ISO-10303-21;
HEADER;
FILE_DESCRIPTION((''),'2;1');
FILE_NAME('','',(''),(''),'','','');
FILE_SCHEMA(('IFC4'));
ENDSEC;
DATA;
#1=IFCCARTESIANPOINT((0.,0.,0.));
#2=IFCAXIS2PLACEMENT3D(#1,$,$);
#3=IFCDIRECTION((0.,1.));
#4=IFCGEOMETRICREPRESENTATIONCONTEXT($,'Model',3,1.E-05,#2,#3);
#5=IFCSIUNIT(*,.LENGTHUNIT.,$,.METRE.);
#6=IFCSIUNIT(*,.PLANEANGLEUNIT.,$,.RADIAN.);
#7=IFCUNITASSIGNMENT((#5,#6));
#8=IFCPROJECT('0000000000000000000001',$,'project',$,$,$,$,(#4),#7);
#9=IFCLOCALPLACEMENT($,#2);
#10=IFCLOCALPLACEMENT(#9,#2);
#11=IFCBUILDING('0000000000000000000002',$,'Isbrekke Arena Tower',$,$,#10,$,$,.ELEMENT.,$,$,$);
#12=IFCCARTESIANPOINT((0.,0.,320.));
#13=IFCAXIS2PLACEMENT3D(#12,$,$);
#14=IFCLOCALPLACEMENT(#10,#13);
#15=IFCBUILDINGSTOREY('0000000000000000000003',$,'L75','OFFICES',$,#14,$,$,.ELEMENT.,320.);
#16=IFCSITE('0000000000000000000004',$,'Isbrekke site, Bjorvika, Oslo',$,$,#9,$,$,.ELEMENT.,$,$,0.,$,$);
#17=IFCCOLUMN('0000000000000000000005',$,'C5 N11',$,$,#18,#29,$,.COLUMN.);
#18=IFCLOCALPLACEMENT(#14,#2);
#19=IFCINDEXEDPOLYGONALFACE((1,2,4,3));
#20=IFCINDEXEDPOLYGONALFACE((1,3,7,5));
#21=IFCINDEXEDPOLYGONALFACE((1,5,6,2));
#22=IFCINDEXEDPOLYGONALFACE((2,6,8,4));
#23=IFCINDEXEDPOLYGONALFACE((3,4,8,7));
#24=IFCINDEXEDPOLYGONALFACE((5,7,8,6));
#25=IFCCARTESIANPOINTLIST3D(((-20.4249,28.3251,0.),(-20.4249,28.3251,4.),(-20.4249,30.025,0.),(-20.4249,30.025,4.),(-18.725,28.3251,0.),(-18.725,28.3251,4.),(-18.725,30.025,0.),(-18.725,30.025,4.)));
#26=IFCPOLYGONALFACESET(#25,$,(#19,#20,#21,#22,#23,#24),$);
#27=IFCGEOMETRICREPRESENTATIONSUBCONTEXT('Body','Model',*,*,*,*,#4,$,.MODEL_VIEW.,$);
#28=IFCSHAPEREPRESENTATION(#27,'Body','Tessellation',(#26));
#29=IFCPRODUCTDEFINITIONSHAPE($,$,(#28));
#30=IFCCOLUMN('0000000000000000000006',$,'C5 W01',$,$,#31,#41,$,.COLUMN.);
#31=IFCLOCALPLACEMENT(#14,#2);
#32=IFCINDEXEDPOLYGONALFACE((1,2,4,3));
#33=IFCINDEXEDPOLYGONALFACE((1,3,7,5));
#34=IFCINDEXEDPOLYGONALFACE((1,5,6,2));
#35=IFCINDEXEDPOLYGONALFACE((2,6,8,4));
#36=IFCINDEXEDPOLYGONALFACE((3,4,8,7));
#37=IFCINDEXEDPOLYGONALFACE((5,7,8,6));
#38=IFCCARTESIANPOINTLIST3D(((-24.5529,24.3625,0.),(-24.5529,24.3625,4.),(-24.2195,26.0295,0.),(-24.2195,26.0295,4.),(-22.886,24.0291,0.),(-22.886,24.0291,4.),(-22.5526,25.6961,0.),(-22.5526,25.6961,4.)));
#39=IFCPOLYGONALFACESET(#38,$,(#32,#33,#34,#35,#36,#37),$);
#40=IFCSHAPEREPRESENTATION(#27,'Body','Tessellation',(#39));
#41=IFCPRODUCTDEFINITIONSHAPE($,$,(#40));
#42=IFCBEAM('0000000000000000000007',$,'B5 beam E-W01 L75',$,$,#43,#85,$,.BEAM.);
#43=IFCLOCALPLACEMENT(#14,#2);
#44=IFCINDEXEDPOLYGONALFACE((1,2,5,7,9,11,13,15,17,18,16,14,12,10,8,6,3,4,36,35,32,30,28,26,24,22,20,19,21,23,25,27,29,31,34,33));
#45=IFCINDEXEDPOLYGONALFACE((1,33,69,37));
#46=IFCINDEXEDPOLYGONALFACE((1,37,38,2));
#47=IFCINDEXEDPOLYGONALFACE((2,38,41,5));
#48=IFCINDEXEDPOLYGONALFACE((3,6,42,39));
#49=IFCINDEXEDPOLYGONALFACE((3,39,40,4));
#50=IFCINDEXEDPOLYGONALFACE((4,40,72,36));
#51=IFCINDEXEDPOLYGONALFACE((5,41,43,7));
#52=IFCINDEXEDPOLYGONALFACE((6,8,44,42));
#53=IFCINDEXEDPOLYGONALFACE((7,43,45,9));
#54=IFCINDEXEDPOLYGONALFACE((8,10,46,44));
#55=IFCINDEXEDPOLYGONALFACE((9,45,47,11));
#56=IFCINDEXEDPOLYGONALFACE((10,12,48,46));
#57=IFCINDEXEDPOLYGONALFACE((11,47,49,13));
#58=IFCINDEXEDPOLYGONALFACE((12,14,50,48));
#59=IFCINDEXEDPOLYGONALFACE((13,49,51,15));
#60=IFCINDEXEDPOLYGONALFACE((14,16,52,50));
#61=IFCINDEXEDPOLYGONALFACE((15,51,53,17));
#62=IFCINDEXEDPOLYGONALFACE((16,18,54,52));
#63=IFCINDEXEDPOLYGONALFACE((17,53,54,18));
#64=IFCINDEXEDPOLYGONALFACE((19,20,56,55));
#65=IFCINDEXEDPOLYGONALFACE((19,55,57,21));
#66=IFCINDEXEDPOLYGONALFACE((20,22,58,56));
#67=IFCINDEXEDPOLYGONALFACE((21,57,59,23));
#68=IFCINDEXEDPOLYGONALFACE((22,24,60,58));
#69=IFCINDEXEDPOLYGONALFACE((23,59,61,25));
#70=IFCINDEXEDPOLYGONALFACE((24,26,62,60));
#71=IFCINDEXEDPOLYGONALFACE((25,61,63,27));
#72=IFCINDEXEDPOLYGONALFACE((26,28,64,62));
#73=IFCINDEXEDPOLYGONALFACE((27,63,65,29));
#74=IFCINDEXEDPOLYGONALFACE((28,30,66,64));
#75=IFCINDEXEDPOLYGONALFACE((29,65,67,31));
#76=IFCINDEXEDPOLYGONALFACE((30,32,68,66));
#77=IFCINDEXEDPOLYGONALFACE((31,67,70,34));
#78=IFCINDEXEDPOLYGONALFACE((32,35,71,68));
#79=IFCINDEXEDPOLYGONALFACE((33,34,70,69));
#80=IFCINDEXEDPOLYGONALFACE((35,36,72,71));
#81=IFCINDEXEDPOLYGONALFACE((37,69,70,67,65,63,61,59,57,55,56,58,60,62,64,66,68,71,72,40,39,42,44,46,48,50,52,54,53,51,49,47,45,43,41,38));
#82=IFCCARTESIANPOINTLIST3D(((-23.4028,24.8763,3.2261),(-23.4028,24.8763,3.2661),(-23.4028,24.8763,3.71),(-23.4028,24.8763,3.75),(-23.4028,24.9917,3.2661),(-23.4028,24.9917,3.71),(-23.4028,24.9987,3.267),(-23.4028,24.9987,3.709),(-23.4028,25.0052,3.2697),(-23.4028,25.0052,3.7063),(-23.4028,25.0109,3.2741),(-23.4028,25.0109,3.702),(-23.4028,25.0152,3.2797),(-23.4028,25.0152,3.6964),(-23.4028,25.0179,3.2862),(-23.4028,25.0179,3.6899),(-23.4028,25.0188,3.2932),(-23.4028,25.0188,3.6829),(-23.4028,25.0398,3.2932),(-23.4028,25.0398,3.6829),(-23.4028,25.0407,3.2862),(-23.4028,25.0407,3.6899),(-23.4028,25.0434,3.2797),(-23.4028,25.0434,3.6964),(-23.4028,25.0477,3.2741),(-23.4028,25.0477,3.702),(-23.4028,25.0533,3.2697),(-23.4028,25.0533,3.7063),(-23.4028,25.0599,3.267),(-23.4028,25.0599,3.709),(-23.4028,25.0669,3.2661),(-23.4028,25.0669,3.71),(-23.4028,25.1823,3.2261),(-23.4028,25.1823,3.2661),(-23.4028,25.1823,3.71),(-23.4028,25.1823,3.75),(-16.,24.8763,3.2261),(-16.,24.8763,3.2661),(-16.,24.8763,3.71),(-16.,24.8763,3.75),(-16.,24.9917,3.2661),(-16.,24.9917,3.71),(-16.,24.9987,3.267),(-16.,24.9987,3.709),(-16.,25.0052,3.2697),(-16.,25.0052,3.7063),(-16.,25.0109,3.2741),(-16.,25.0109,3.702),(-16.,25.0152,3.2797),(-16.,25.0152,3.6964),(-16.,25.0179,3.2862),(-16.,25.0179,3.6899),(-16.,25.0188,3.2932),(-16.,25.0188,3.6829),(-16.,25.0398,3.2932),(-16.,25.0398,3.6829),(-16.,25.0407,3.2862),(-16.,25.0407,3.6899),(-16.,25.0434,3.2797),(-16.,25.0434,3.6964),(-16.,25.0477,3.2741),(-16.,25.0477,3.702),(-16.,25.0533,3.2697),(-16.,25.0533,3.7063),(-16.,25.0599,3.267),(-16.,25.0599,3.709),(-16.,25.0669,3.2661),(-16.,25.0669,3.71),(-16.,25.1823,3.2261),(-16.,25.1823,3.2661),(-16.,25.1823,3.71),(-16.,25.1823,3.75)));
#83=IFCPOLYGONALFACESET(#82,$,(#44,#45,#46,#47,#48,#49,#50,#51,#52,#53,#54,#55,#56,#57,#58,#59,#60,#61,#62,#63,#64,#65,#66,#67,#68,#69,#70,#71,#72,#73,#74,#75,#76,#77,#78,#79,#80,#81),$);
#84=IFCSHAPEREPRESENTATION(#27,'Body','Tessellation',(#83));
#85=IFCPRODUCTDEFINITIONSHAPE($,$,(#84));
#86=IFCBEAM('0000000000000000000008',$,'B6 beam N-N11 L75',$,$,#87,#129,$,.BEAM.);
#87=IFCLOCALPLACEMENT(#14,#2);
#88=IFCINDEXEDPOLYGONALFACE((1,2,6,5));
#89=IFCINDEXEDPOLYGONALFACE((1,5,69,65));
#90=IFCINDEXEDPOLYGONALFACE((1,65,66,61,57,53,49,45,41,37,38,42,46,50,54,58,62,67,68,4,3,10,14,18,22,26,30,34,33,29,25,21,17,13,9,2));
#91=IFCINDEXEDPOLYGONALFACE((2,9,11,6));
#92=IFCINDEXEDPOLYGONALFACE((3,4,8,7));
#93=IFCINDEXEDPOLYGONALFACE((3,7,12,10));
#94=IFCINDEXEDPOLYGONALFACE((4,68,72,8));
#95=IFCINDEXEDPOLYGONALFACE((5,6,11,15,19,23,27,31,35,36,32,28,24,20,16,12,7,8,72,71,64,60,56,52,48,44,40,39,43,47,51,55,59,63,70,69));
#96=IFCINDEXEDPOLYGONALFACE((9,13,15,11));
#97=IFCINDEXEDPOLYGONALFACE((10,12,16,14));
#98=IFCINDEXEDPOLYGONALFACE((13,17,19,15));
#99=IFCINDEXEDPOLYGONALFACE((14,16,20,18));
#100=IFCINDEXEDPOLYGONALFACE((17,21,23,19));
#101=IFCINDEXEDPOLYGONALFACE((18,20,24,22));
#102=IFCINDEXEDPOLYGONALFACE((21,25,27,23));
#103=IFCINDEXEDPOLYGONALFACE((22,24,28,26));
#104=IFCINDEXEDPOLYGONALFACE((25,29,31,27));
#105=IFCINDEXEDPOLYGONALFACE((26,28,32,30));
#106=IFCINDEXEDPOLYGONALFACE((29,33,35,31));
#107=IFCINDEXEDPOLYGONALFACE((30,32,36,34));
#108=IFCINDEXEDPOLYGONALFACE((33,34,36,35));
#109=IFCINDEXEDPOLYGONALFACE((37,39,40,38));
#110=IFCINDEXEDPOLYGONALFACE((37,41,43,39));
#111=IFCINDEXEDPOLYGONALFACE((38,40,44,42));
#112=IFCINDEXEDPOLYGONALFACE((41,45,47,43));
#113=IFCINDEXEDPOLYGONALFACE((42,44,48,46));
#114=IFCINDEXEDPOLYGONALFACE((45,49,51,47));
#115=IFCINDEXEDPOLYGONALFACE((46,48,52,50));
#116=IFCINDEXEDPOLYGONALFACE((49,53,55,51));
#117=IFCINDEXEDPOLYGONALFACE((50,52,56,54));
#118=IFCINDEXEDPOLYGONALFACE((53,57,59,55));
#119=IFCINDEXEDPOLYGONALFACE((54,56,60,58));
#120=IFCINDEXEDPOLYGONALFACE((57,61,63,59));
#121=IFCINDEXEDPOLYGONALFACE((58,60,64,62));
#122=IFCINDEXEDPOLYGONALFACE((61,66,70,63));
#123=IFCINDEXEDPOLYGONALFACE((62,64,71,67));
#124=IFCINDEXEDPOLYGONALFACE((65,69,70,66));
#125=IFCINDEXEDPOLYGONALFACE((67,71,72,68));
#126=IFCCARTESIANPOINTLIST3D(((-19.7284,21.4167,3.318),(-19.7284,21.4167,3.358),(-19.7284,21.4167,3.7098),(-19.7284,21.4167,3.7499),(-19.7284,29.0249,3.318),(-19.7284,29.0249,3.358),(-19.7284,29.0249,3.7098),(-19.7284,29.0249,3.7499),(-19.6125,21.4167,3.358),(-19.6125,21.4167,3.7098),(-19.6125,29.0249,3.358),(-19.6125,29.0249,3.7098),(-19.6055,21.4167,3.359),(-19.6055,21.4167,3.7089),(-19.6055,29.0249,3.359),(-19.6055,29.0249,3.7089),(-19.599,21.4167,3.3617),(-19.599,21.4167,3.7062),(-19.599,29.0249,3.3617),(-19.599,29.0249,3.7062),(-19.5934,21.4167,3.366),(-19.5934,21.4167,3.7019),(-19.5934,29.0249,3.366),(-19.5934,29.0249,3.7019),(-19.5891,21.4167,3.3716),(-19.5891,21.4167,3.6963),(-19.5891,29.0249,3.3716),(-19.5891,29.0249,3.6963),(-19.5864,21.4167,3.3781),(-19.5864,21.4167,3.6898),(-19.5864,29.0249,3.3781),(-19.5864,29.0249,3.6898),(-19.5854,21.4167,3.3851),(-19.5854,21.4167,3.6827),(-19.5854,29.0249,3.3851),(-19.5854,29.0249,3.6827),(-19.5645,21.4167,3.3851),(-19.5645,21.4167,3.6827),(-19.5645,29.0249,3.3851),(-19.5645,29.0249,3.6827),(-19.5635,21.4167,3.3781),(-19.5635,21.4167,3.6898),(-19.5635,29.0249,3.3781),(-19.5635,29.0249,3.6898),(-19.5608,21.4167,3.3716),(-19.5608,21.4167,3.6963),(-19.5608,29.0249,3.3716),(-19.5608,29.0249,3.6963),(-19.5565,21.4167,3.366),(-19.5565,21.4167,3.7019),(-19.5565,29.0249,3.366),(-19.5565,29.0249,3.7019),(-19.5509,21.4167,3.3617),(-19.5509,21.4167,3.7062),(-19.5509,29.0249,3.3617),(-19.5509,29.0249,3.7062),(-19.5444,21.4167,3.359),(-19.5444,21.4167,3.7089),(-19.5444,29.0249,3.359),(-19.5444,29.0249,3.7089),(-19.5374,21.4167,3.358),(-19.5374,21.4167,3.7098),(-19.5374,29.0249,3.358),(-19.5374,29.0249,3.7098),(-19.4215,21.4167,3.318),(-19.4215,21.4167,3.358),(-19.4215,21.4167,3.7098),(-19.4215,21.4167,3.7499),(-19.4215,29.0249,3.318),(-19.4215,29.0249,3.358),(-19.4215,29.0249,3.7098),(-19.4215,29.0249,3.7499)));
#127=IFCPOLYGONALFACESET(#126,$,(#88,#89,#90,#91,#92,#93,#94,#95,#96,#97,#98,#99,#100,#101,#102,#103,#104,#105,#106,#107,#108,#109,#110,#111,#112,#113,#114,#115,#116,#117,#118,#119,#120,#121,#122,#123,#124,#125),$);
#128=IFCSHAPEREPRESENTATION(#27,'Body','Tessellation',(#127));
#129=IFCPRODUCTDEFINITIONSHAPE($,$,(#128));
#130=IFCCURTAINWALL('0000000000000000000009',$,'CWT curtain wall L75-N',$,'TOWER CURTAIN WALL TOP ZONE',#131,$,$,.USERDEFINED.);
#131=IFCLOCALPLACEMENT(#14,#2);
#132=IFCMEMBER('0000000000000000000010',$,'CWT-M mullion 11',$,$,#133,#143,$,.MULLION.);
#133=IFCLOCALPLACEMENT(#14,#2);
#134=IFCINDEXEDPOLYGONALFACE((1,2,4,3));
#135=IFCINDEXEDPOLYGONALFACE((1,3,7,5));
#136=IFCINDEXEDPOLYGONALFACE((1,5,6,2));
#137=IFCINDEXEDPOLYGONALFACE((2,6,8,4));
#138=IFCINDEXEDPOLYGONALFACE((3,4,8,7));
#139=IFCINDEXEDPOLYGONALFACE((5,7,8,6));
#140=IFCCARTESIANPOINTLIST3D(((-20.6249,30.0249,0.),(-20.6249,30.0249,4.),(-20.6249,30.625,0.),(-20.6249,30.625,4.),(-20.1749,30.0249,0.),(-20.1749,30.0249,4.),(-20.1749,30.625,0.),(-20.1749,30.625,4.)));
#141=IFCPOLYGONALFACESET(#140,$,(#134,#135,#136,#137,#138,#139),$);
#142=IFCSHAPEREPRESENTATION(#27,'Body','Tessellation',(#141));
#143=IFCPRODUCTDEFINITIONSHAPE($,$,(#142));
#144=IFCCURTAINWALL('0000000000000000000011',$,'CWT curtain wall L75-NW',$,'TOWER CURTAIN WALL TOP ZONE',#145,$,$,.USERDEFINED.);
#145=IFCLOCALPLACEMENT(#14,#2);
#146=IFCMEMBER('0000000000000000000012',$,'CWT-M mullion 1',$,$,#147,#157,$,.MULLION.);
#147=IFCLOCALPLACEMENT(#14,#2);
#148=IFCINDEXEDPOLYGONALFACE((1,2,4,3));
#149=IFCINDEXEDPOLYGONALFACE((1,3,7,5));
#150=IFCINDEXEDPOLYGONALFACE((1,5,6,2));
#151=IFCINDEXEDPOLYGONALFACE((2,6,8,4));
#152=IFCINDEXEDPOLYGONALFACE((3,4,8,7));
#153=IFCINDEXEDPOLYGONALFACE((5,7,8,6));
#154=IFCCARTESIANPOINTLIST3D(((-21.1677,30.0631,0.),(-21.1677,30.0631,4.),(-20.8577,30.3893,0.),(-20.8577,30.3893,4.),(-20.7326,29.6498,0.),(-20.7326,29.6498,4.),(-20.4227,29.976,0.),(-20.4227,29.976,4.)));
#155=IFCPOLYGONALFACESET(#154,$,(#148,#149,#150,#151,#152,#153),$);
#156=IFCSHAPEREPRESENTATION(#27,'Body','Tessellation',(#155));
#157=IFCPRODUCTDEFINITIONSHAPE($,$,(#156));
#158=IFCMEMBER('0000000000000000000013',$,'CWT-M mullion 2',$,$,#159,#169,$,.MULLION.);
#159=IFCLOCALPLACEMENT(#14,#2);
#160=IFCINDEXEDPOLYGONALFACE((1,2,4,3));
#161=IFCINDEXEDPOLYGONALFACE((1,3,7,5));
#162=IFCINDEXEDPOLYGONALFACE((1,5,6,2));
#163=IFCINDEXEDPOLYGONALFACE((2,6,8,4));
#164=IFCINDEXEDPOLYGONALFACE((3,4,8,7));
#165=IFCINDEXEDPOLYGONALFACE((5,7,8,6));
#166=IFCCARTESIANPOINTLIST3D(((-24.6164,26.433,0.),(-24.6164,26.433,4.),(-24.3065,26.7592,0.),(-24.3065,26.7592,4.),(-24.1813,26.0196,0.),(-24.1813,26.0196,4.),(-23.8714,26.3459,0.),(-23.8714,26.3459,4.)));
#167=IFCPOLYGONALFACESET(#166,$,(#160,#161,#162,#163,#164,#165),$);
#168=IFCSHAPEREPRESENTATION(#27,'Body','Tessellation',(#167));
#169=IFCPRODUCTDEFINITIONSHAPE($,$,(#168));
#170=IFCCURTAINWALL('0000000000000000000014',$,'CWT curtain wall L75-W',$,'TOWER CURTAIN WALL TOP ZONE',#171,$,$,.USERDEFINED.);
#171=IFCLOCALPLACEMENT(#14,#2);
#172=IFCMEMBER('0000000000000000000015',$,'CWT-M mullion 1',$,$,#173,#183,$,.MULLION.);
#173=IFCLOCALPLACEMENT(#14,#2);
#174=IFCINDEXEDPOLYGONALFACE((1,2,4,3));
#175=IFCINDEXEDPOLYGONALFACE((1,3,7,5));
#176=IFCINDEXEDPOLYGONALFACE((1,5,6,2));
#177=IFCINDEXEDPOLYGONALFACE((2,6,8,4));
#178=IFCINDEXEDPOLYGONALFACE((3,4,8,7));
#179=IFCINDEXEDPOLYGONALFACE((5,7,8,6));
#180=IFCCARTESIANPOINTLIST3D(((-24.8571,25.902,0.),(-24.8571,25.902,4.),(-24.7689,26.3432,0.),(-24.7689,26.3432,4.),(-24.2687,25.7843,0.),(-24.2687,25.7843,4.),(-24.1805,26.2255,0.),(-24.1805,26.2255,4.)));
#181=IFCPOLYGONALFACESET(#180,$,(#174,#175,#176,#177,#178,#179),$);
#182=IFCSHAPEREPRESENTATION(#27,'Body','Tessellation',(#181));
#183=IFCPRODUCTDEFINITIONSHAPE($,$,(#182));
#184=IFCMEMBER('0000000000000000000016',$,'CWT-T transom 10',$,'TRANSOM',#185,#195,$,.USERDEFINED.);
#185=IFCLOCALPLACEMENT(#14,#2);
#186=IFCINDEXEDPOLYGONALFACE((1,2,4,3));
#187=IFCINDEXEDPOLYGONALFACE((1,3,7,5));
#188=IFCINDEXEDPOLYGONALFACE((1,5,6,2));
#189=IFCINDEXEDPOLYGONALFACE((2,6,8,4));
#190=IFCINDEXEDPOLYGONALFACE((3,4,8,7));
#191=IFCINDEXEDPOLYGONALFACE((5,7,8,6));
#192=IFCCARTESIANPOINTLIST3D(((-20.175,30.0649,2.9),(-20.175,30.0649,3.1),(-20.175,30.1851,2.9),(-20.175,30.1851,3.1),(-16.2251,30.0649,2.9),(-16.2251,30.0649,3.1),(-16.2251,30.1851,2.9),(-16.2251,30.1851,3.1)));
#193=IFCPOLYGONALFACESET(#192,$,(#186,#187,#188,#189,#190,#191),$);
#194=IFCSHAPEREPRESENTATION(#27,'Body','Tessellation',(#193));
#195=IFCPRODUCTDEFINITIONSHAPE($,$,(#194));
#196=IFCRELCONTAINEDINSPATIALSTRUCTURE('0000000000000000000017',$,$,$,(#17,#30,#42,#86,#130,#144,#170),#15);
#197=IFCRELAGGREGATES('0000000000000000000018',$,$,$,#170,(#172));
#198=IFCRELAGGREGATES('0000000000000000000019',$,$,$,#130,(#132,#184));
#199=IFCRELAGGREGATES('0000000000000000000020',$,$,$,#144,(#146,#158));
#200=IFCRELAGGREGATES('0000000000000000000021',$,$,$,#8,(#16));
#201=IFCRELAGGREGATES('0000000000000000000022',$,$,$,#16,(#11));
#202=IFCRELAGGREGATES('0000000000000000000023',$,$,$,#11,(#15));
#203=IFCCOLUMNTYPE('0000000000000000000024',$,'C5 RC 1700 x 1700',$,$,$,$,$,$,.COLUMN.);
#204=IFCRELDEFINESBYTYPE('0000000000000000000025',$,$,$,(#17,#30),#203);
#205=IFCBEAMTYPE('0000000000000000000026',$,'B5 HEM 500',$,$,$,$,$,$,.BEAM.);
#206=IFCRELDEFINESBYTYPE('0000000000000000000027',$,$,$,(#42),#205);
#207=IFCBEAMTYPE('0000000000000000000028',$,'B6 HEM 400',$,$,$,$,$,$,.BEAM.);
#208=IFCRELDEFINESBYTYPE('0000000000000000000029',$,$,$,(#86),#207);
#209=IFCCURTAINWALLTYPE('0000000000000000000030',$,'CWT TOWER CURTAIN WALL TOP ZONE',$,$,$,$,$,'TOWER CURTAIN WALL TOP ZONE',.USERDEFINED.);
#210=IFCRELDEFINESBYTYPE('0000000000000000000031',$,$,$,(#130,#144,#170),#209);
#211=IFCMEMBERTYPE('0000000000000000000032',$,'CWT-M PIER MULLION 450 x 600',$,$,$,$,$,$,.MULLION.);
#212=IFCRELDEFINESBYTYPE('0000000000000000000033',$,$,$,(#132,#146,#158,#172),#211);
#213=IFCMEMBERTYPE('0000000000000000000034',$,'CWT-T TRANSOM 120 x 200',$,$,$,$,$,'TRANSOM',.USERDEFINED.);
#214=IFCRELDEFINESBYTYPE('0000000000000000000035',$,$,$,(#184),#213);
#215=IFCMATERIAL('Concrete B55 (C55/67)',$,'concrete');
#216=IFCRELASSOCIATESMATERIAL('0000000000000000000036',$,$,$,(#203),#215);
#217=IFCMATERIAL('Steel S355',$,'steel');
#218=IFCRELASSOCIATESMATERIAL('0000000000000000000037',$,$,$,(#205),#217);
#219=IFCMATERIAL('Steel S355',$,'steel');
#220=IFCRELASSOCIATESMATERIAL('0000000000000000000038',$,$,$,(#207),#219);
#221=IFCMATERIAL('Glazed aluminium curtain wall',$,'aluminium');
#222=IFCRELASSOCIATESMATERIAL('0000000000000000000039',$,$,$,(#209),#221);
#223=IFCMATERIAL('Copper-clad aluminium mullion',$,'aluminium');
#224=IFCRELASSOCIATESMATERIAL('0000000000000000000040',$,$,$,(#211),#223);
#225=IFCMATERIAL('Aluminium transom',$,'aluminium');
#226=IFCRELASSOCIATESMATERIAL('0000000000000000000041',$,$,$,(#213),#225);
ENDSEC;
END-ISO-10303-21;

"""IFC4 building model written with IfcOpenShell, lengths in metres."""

from ifc_helpers import new_model, si_unit, direction, frame, origin, origin_2d, place, context, subcontext, project, spatial, rectangle, i_section, extrude, material, material_profile, profile_set, type_object, element, aggregate, save


model = new_model("IFC4")

# Units and contexts
model_context = context("Model", 3, precision=1e-05, world=origin(), true_north=direction((0.0, 1.0)))
body_context = subcontext(model_context, "Body", "Model", "MODEL_VIEW")
ifc_project = project(units=[si_unit("LENGTHUNIT", "METRE"), si_unit("PLANEANGLEUNIT", "RADIAN")], contexts=[model_context])

# Site, building, storey
site_placement = place(None, origin())
site = spatial("IfcSite", under=ifc_project, at=site_placement, Name="Isbrekke site, Bjorvika, Oslo", CompositionType="ELEMENT", RefElevation=0.0)
building_placement = place(site_placement, origin())
building = spatial("IfcBuilding", under=site, at=building_placement, Name="Isbrekke Arena Tower", CompositionType="ELEMENT")
storey_placement = place(building_placement, frame((0.0, 0.0, 320.0)))
storey = spatial("IfcBuildingStorey", under=building, at=storey_placement, Name="L75", Description="OFFICES", CompositionType="ELEMENT", Elevation=320.0)

# Columns
ifc_material_1 = material(Name="Concrete B55 (C55/67)", Category="concrete")
ifc_material_profile_1 = material_profile(ifc_material_1, rectangle(XDim=1.7, YDim=1.7, at=origin_2d()), Name="RC 1700x1700")
ifc_profile_set_1 = profile_set([ifc_material_profile_1], Name="Concrete B55 (C55/67)")
column_type = type_object("IfcColumnType", Name="C5 RC 1700 x 1700", PredefinedType="COLUMN", material=ifc_profile_set_1)
for number, where, z_axis, x_axis, name in (
    (1, (-19.575, 29.175, 0.0), (0.0, 0.0, 1.0), (-1.0, 0.0, 0.0), "C5 N11"),
    (2, (-23.5527, 25.0293, 0.0), (0.0, 0.0, 1.0), (-0.196116, -0.980581, 0.0), "C5 W01"),
):
    element("IfcColumn", number, at=place(storey_placement, frame(where, z_axis=z_axis, x_axis=x_axis)), inside=storey, type_object=column_type, Name=name, PredefinedType="COLUMN", context=body_context, shape_type="SweptSolid", body=[
        extrude(rectangle(XDim=1.7, YDim=1.7, at=origin_2d()), origin(), (0.0, 0.0, 1.0), 4.0),
    ])

# Beams
ifc_material_2 = material(Name="Steel S355", Category="steel")
ifc_material_profile_2 = material_profile(ifc_material_2, i_section(OverallWidth=0.3059, OverallDepth=0.5239, WebThickness=0.021, FlangeThickness=0.04, FilletRadius=0.0271, at=origin_2d()), Name="HEM 500")
ifc_profile_set_2 = profile_set([ifc_material_profile_2], Name="Steel S355")
beam_type_1 = type_object("IfcBeamType", Name="B5 HEM 500", PredefinedType="BEAM", material=ifc_profile_set_2)
beam_1_placement = place(storey_placement, frame((-23.4028, 25.0293, 3.488), z_axis=(1.0, 0.0, 0.0), x_axis=(0.0, 1.0, 0.0)))
element("IfcBeam", 3, at=beam_1_placement, inside=storey, type_object=beam_type_1, Name="B5 beam E-W01 L75", PredefinedType="BEAM", context=body_context, shape_type="SweptSolid", body=[
    extrude(i_section(OverallWidth=0.3059, OverallDepth=0.5239, WebThickness=0.021, FlangeThickness=0.04, FilletRadius=0.0271, at=origin_2d()), origin(), (0.0, 0.0, 1.0), 7.4028),
])
ifc_material_3 = material(Name="Steel S355", Category="steel")
ifc_material_profile_3 = material_profile(ifc_material_3, i_section(OverallWidth=0.3069, OverallDepth=0.4319, WebThickness=0.021, FlangeThickness=0.04, FilletRadius=0.0271, at=origin_2d()), Name="HEM 400")
ifc_profile_set_3 = profile_set([ifc_material_profile_3], Name="Steel S355")
beam_type_2 = type_object("IfcBeamType", Name="B6 HEM 400", PredefinedType="BEAM", material=ifc_profile_set_3)
beam_2_placement = place(storey_placement, frame((-19.575, 29.0249, 3.5339), z_axis=(0.0, -1.0, 0.0), x_axis=(1.0, 0.0, 0.0)))
element("IfcBeam", 4, at=beam_2_placement, inside=storey, type_object=beam_type_2, Name="B6 beam N-N11 L75", PredefinedType="BEAM", context=body_context, shape_type="SweptSolid", body=[
    extrude(i_section(OverallWidth=0.3069, OverallDepth=0.4319, WebThickness=0.021, FlangeThickness=0.04, FilletRadius=0.0271, at=origin_2d()), origin(), (0.0, 0.0, 1.0), 7.6082),
])

# Curtain wall, member
ifc_material_4 = material(Name="Glazed aluminium curtain wall", Category="aluminium")
curtain_wall_type = type_object("IfcCurtainWallType", Name="CWT TOWER CURTAIN WALL TOP ZONE", ElementType="TOWER CURTAIN WALL TOP ZONE", PredefinedType="USERDEFINED", material=ifc_material_4)
curtain_wall_1_placement = place(storey_placement, origin())
curtain_wall_1 = element("IfcCurtainWall", 5, at=curtain_wall_1_placement, inside=storey, type_object=curtain_wall_type, Name="CWT curtain wall L75-N", ObjectType="TOWER CURTAIN WALL TOP ZONE", PredefinedType="USERDEFINED")
ifc_material_5 = material(Name="Copper-clad aluminium mullion", Category="aluminium")
ifc_material_profile_4 = material_profile(ifc_material_5, rectangle(XDim=0.45, YDim=0.6001, at=origin_2d()), Name="PIER 450X600")
ifc_profile_set_4 = profile_set([ifc_material_profile_4], Name="Copper-clad aluminium mullion")
member_type_1 = type_object("IfcMemberType", Name="CWT-M PIER MULLION 450 x 600", PredefinedType="MULLION", material=ifc_profile_set_4)
member_1_placement = place(storey_placement, frame((-20.3999, 30.325, 0.0), z_axis=(0.0, 0.0, 1.0), x_axis=(-1.0, 0.0, 0.0)))
member_1 = element("IfcMember", 6, at=member_1_placement, type_object=member_type_1, Name="CWT-M mullion 11", PredefinedType="MULLION", context=body_context, shape_type="SweptSolid", body=[
    extrude(rectangle(XDim=0.45, YDim=0.6001, at=origin_2d()), origin(), (0.0, 0.0, 1.0), 4.0),
])

# Curtain wall, members
curtain_wall_2_placement = place(storey_placement, origin())
curtain_wall_2 = element("IfcCurtainWall", 7, at=curtain_wall_2_placement, inside=storey, type_object=curtain_wall_type, Name="CWT curtain wall L75-NW", ObjectType="TOWER CURTAIN WALL TOP ZONE", PredefinedType="USERDEFINED")
member_2_placement = place(storey_placement, frame((-20.7952, 30.0195, 0.0), z_axis=(0.0, 0.0, 1.0), x_axis=(-0.688749, -0.724999, 0.0)))
member_2 = element("IfcMember", 8, at=member_2_placement, type_object=member_type_1, Name="CWT-M mullion 1", PredefinedType="MULLION", context=body_context, shape_type="SweptSolid", body=[
    extrude(rectangle(XDim=0.45, YDim=0.6001, at=origin_2d()), origin(), (0.0, 0.0, 1.0), 4.0),
])
member_3_placement = place(storey_placement, frame((-24.2439, 26.3894, 0.0), z_axis=(0.0, 0.0, 1.0), x_axis=(-0.688749, -0.724999, 0.0)))
member_3 = element("IfcMember", 9, at=member_3_placement, type_object=member_type_1, Name="CWT-M mullion 2", PredefinedType="MULLION", context=body_context, shape_type="SweptSolid", body=[
    extrude(rectangle(XDim=0.45, YDim=0.6001, at=origin_2d()), origin(), (0.0, 0.0, 1.0), 4.0),
])

# Curtain wall, member
curtain_wall_3_placement = place(storey_placement, origin())
curtain_wall_3 = element("IfcCurtainWall", 10, at=curtain_wall_3_placement, inside=storey, type_object=curtain_wall_type, Name="CWT curtain wall L75-W", ObjectType="TOWER CURTAIN WALL TOP ZONE", PredefinedType="USERDEFINED")
member_4_placement = place(storey_placement, frame((-24.5188, 26.0637, 0.0), z_axis=(0.0, 0.0, 1.0), x_axis=(-0.196116, -0.980581, 0.0)))
member_4 = element("IfcMember", 11, at=member_4_placement, type_object=member_type_1, Name="CWT-M mullion 1", PredefinedType="MULLION", context=body_context, shape_type="SweptSolid", body=[
    extrude(rectangle(XDim=0.45, YDim=0.6001, at=origin_2d()), origin(), (0.0, 0.0, 1.0), 4.0),
])

# Member
ifc_material_6 = material(Name="Aluminium transom", Category="aluminium")
ifc_material_profile_5 = material_profile(ifc_material_6, rectangle(XDim=0.1201, YDim=0.2, at=origin_2d()), Name="TRANSOM 120X200")
ifc_profile_set_5 = profile_set([ifc_material_profile_5], Name="Aluminium transom")
member_type_2 = type_object("IfcMemberType", Name="CWT-T TRANSOM 120 x 200", ElementType="TRANSOM", PredefinedType="USERDEFINED", material=ifc_profile_set_5)
member_5_placement = place(storey_placement, frame((-16.2251, 30.125, 3.0), z_axis=(-1.0, 0.0, 0.0), x_axis=(0.0, -1.0, 0.0)))
member_5 = element("IfcMember", 12, at=member_5_placement, type_object=member_type_2, Name="CWT-T transom 10", ObjectType="TRANSOM", PredefinedType="USERDEFINED", context=body_context, shape_type="SweptSolid", body=[
    extrude(rectangle(XDim=0.1201, YDim=0.2, at=origin_2d()), origin(), (0.0, 0.0, 1.0), 3.95),
])
aggregate(curtain_wall_3, [member_4])

aggregate(curtain_wall_1, [member_1, member_5])
aggregate(curtain_wall_2, [member_2, member_3])

save(model, "model.ifc")
